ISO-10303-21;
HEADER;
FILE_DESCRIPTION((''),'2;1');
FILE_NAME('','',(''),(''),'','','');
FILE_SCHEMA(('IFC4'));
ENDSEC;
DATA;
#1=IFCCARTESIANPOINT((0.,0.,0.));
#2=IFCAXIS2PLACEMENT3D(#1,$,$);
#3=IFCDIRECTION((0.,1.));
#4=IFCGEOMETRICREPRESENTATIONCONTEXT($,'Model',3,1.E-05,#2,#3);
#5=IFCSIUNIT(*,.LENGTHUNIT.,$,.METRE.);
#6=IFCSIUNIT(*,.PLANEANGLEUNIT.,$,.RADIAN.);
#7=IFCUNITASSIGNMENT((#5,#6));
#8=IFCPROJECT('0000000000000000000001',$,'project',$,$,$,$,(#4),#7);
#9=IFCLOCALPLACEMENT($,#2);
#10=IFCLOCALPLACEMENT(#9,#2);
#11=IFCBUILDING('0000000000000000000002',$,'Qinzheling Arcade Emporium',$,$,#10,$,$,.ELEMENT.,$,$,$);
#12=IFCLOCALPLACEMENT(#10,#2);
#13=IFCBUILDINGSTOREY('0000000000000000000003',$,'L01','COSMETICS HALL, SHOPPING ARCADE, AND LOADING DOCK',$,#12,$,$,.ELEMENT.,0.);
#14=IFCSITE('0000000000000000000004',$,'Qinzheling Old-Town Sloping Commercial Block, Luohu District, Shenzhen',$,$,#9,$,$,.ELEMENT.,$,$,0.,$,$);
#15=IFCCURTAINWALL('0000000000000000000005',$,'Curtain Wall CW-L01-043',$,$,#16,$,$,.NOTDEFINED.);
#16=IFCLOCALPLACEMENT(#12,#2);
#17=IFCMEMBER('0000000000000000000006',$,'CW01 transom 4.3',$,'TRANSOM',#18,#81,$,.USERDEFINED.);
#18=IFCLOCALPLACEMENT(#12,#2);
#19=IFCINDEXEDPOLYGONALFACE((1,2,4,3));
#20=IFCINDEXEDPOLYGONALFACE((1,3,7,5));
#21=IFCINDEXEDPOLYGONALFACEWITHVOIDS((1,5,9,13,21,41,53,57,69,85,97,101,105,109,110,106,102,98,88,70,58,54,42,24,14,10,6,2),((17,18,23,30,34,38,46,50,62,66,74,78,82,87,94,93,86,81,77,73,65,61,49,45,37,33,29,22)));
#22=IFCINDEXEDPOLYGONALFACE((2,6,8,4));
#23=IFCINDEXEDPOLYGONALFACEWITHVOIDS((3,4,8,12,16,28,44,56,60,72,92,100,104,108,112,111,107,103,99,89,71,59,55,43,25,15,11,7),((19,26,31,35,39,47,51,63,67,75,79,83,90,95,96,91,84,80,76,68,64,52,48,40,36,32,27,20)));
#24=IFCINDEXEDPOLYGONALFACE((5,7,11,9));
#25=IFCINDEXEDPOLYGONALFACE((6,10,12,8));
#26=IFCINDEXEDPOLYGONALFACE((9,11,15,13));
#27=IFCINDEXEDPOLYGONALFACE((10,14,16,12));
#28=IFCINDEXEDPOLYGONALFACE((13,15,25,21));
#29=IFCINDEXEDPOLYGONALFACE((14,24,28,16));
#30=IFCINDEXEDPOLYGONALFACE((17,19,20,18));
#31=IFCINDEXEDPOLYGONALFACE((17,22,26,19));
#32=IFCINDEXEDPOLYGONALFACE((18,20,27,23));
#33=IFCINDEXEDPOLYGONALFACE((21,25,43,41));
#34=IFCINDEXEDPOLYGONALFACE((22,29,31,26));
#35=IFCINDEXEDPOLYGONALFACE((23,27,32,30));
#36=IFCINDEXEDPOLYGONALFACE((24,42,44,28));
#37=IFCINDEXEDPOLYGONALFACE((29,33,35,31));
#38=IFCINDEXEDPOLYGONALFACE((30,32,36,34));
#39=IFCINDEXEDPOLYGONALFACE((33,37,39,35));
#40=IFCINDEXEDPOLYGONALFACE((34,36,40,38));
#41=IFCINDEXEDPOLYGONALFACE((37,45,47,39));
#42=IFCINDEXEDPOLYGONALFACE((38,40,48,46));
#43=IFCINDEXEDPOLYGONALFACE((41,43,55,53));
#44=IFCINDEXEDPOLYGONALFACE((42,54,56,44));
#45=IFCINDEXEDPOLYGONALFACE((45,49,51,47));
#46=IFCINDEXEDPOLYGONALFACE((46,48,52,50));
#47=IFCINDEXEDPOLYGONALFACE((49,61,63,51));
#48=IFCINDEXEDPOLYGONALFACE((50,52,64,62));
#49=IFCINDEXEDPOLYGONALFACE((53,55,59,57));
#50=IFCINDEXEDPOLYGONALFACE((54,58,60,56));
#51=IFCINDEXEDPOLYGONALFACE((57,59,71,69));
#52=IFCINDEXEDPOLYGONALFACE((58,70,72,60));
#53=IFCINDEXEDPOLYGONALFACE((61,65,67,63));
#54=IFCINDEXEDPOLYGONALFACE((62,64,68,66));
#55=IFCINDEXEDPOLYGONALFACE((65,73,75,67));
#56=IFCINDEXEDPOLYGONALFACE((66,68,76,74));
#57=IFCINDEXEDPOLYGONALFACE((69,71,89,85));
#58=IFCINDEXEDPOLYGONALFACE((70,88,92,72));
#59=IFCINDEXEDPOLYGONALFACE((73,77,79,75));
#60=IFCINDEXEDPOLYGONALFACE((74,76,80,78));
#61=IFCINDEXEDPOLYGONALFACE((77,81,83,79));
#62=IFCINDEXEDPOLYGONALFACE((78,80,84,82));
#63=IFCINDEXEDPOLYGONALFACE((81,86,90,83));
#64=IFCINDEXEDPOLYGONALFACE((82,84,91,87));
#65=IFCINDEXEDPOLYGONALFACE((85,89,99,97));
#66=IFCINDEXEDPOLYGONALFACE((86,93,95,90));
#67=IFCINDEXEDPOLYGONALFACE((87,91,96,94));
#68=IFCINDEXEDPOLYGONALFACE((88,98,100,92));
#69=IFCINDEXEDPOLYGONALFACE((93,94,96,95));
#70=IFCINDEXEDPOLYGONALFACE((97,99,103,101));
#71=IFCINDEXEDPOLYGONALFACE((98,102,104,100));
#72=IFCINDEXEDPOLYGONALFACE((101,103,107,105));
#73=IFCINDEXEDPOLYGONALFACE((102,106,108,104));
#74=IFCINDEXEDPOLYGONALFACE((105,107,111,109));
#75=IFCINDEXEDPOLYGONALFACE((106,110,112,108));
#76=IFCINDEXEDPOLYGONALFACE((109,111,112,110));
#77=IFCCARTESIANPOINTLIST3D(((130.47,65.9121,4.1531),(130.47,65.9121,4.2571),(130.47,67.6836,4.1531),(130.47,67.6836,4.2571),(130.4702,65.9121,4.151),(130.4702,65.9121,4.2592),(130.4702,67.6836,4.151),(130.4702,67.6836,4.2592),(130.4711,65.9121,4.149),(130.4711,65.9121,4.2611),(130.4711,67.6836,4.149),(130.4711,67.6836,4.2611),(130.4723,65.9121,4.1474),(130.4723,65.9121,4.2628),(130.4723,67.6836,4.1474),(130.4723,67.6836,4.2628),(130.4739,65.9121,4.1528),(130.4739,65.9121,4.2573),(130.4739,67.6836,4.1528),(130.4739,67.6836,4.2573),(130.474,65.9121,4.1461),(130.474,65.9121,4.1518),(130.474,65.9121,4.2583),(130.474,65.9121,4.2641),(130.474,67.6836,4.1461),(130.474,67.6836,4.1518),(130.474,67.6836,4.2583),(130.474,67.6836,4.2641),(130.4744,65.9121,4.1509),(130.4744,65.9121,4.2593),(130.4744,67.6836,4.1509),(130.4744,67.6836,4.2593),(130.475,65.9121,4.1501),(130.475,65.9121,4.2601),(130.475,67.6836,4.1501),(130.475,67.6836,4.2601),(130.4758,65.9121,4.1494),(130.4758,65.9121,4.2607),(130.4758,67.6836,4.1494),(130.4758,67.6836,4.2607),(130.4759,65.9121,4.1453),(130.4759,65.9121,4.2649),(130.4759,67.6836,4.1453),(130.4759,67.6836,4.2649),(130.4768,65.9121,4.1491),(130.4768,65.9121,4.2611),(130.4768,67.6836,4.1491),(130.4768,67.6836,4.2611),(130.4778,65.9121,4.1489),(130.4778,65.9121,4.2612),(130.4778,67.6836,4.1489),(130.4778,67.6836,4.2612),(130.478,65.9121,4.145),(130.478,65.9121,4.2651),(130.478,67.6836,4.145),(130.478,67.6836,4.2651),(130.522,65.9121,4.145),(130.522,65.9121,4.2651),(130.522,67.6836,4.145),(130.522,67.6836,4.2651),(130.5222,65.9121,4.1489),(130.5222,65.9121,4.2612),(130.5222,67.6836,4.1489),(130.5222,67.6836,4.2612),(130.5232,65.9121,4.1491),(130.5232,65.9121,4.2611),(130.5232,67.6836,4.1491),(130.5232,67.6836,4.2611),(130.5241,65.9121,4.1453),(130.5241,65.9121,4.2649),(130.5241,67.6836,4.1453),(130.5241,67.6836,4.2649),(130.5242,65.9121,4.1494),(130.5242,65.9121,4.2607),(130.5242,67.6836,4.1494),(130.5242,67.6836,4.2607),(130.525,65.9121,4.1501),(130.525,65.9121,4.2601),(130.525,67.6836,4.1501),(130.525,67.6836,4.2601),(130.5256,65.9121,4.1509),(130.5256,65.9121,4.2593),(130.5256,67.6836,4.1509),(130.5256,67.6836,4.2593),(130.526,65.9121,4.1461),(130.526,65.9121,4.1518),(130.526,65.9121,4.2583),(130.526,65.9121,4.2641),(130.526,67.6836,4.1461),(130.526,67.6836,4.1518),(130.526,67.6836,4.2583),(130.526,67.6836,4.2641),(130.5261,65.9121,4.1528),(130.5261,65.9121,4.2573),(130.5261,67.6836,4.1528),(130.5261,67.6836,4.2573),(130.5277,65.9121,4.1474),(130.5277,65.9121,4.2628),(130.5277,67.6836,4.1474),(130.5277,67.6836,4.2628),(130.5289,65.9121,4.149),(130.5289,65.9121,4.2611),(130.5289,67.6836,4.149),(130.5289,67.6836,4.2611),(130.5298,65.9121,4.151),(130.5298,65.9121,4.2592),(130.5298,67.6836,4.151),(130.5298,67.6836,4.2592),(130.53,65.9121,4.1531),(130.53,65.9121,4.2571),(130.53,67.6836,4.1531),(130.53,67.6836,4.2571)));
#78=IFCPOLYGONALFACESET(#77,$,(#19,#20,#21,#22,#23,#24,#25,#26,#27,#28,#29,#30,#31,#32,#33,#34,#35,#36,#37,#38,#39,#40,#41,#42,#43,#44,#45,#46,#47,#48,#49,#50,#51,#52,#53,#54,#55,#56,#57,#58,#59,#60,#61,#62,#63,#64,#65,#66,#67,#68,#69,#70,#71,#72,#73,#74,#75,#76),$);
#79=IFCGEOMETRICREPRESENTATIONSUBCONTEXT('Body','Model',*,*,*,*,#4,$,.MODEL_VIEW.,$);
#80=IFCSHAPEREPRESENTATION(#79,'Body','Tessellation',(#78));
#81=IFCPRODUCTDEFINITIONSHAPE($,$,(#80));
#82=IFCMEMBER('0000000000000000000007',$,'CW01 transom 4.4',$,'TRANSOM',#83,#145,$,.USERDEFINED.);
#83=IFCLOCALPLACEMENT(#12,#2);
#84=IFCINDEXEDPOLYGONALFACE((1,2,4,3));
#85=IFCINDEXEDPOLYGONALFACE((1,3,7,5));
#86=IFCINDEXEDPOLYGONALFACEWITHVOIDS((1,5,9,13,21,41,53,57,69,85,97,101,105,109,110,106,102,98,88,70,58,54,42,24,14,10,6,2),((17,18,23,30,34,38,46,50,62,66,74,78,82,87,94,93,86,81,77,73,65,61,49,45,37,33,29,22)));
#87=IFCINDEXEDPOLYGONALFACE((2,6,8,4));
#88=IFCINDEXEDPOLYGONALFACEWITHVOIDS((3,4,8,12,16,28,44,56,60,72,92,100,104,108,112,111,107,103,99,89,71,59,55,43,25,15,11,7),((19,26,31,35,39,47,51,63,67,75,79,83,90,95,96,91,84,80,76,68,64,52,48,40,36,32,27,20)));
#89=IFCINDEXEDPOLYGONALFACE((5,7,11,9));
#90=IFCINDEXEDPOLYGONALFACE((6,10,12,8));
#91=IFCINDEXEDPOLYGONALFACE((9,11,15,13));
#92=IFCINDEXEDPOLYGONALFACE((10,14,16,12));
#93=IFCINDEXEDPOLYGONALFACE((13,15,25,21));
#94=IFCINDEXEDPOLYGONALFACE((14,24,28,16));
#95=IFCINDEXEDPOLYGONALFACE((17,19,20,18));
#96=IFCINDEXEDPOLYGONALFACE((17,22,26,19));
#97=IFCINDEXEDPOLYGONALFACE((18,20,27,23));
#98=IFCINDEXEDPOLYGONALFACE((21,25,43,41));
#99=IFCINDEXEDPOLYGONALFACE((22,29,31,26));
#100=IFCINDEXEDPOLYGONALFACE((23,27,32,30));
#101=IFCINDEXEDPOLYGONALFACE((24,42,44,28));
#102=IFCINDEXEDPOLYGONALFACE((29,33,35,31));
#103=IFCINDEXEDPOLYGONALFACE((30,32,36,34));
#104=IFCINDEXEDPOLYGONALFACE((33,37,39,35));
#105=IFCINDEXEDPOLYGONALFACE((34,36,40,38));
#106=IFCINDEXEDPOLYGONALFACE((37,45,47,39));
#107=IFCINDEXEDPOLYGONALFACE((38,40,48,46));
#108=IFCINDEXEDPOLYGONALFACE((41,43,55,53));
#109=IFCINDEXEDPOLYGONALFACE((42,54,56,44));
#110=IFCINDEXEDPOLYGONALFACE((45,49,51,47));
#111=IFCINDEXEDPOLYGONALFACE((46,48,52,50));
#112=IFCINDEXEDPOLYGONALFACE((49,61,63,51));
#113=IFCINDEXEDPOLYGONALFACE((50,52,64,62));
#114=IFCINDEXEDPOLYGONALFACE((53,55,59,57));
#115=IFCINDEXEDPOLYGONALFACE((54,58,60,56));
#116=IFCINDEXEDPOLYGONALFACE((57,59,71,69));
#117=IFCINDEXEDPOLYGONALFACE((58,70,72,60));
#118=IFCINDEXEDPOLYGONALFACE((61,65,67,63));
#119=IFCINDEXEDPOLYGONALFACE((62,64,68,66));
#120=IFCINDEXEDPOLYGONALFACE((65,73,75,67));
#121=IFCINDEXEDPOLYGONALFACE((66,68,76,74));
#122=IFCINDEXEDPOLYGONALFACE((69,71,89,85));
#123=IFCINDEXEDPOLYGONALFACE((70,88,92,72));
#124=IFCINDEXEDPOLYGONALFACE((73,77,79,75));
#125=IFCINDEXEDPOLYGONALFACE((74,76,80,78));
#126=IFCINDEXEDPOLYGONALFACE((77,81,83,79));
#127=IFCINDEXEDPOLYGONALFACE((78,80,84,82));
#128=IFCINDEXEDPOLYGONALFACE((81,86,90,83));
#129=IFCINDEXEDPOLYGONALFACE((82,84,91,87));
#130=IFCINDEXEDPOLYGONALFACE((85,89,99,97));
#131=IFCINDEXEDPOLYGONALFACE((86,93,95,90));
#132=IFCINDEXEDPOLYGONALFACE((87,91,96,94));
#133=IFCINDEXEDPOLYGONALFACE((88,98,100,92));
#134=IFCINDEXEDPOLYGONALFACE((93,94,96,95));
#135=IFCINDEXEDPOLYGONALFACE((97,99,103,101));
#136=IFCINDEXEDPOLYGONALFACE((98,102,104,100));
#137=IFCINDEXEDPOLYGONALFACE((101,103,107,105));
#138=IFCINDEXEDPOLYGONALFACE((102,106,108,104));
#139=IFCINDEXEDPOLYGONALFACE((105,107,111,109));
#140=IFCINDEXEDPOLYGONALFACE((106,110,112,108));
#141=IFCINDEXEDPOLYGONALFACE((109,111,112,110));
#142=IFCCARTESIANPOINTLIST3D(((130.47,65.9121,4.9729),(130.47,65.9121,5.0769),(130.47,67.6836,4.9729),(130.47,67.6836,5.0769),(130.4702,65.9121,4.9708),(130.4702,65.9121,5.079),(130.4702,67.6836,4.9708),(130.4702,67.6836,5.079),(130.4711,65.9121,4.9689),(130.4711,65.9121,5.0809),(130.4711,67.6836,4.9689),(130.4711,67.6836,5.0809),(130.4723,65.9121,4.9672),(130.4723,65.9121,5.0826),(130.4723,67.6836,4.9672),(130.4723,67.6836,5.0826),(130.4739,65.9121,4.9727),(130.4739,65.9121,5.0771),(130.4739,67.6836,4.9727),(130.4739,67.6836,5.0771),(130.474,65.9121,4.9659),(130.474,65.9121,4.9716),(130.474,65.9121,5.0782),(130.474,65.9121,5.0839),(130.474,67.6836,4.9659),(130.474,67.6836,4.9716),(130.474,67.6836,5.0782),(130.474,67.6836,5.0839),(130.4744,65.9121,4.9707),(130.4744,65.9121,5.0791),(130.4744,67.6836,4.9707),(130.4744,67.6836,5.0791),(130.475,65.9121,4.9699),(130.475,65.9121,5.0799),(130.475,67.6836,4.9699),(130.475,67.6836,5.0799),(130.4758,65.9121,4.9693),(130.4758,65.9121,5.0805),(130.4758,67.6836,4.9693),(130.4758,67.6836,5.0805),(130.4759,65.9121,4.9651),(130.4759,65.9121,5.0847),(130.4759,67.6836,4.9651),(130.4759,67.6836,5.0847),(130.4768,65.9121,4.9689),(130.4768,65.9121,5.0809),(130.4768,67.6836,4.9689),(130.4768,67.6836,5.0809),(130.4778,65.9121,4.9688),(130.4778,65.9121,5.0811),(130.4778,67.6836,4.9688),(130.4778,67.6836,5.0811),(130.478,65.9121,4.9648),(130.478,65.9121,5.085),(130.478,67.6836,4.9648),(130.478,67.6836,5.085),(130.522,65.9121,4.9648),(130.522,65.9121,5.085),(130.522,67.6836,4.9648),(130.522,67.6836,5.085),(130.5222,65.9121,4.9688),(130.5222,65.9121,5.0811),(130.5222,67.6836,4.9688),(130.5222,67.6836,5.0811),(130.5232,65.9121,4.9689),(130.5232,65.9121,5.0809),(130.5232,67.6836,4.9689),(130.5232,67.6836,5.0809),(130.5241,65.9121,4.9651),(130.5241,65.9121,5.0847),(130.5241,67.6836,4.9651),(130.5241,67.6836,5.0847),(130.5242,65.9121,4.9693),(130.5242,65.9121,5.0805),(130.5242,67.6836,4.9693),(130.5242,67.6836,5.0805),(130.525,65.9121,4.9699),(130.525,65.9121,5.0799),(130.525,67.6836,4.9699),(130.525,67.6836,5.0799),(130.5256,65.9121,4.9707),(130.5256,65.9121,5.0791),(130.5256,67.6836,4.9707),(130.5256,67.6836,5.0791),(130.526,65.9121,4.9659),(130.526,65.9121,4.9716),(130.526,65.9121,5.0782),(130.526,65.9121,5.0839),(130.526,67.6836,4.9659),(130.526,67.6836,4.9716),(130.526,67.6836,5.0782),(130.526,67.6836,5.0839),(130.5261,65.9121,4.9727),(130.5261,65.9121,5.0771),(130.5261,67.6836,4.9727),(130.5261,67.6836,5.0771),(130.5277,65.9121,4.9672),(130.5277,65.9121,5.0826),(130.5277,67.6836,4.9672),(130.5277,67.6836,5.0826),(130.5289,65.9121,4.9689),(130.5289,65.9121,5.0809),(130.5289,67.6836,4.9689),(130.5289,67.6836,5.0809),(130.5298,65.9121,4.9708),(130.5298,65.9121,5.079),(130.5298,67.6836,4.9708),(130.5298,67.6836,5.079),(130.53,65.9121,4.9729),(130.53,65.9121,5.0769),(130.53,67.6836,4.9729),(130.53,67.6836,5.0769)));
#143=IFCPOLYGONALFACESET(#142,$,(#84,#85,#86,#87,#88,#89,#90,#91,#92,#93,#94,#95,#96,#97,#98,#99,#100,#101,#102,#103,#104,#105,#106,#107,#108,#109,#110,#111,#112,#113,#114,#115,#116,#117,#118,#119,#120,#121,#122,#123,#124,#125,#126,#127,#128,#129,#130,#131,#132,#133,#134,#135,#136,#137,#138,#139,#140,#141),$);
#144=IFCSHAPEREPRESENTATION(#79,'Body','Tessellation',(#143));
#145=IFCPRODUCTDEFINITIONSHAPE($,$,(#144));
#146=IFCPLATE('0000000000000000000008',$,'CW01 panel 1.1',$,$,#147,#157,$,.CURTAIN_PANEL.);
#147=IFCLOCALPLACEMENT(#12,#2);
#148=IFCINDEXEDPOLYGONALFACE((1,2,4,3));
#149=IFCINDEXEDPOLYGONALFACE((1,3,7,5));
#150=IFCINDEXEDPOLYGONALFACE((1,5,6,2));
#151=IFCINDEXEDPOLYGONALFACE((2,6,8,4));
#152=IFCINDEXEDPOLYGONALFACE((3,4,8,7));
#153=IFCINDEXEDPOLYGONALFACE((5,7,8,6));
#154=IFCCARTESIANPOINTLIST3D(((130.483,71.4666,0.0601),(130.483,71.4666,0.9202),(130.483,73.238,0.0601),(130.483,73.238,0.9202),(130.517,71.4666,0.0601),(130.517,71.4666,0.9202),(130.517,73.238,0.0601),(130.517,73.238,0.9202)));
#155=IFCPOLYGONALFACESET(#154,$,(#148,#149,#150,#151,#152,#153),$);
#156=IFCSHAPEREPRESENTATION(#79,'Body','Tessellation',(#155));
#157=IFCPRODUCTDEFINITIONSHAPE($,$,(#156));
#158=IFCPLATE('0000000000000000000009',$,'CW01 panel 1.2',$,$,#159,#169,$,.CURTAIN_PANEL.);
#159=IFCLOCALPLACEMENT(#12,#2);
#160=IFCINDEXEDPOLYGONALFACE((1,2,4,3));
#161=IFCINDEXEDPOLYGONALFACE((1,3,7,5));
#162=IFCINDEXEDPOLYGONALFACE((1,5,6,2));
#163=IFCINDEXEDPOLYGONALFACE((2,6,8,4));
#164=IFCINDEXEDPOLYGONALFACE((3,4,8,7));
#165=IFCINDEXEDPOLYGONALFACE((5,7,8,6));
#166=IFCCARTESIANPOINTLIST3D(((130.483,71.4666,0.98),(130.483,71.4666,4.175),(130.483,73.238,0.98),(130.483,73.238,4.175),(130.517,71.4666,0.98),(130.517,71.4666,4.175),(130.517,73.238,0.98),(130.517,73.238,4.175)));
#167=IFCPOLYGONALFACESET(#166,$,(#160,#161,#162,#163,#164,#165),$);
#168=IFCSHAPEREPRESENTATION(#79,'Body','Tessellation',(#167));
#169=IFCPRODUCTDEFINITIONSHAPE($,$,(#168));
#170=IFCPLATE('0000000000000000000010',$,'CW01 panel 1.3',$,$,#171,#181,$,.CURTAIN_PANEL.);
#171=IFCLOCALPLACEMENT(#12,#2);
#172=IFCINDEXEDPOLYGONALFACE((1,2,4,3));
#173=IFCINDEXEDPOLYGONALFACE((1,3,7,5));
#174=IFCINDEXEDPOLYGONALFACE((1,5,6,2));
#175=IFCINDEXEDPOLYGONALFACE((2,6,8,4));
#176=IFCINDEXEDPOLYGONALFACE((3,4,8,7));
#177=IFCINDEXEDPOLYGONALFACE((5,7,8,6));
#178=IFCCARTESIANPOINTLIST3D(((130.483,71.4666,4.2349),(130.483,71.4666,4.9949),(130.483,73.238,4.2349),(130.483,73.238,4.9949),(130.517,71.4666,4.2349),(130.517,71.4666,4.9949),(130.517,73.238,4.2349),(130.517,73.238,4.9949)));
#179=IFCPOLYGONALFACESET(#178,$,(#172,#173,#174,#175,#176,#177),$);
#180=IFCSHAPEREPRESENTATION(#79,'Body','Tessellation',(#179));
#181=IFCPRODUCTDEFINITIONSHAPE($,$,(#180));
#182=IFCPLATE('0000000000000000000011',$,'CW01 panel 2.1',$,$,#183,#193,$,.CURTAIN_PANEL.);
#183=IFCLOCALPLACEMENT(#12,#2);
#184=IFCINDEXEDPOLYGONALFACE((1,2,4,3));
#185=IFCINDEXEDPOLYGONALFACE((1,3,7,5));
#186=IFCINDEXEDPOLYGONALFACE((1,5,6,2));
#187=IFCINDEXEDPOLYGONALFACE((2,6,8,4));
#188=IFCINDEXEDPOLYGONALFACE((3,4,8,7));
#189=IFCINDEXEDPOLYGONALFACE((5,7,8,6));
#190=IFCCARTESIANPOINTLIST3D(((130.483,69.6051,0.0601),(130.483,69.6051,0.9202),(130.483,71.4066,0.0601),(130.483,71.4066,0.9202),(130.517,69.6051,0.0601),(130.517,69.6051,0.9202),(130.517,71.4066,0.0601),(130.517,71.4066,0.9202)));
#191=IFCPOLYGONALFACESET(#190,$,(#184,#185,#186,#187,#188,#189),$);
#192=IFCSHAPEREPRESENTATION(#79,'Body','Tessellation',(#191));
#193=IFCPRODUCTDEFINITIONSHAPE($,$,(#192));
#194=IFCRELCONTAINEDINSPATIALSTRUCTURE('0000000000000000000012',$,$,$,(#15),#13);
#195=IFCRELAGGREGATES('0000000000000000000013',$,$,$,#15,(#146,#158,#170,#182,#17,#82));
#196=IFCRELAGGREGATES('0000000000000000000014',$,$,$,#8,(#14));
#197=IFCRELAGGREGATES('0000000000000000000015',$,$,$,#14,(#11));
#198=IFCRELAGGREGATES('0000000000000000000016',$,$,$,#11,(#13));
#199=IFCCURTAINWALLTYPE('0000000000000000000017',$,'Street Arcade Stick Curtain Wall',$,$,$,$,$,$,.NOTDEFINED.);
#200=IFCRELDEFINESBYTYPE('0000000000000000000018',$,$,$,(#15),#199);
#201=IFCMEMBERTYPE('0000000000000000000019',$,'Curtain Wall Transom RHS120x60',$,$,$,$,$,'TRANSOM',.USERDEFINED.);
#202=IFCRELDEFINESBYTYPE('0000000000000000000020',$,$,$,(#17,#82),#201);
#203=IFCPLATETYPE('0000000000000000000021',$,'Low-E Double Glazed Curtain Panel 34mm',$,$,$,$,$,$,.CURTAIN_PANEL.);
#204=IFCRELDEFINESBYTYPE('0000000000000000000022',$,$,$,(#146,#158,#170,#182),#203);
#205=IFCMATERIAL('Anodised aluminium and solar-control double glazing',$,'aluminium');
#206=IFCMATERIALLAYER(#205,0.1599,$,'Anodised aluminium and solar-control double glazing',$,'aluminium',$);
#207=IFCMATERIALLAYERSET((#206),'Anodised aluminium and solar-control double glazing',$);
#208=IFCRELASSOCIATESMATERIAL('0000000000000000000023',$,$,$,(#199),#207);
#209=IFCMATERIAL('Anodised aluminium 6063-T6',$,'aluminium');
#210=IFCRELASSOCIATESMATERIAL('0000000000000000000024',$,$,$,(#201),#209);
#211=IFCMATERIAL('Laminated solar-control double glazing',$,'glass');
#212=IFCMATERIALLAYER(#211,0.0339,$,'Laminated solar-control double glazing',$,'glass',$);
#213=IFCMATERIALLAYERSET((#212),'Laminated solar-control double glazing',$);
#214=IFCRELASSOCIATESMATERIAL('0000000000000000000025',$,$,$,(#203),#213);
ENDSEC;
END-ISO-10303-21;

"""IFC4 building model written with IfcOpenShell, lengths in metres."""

from ifc_helpers import new_model, si_unit, direction, frame, origin, origin_2d, place, context, subcontext, project, spatial, rectangle, hollow_rectangle, extrude, material, layer, layer_set, material_profile, profile_set, type_object, element, aggregate, save


model = new_model("IFC4")

# Units and contexts
model_context = context("Model", 3, precision=1e-05, world=origin(), true_north=direction((0.0, 1.0)))
body_context = subcontext(model_context, "Body", "Model", "MODEL_VIEW")
ifc_project = project(units=[si_unit("LENGTHUNIT", "METRE"), si_unit("PLANEANGLEUNIT", "RADIAN")], contexts=[model_context])

# Site, building, storey
site_placement = place(None, origin())
site = spatial("IfcSite", under=ifc_project, at=site_placement, Name="Qinzheling Old-Town Sloping Commercial Block, Luohu District, Shenzhen", CompositionType="ELEMENT", RefElevation=0.0)
building_placement = place(site_placement, origin())
building = spatial("IfcBuilding", under=site, at=building_placement, Name="Qinzheling Arcade Emporium", CompositionType="ELEMENT")
storey_placement = place(building_placement, origin())
storey = spatial("IfcBuildingStorey", under=building, at=storey_placement, Name="L01", Description="COSMETICS HALL, SHOPPING ARCADE, AND LOADING DOCK", CompositionType="ELEMENT", Elevation=0.0)

# Curtain wall, members, plates
ifc_material_1 = material(Name="Anodised aluminium and solar-control double glazing", Category="aluminium")
ifc_layer_1 = layer(ifc_material_1, 0.1599, Name="Anodised aluminium and solar-control double glazing", Category="aluminium")
ifc_layer_set_1 = layer_set([ifc_layer_1], Name="Anodised aluminium and solar-control double glazing")
curtain_wall_type = type_object("IfcCurtainWallType", Name="Street Arcade Stick Curtain Wall", PredefinedType="NOTDEFINED", material=ifc_layer_set_1)
curtain_wall_placement = place(storey_placement, origin())
curtain_wall = element("IfcCurtainWall", 1, at=curtain_wall_placement, inside=storey, type_object=curtain_wall_type, Name="Curtain Wall CW-L01-043", PredefinedType="NOTDEFINED")
ifc_material_2 = material(Name="Anodised aluminium 6063-T6", Category="aluminium")
ifc_material_profile_1 = material_profile(ifc_material_2, hollow_rectangle(XDim=0.0601, YDim=0.1201, WallThickness=0.0039, InnerFilletRadius=0.0039, OuterFilletRadius=0.0081, at=origin_2d()), Name="RHS 120x60x4", Category="aluminium")
ifc_profile_set_1 = profile_set([ifc_material_profile_1], Name="Anodised aluminium 6063-T6")
member_type_1 = type_object("IfcMemberType", Name="Curtain Wall Transom RHS120x60", ElementType="TRANSOM", PredefinedType="USERDEFINED", material=ifc_profile_set_1)
member_1_placement = place(storey_placement, frame((130.5, 67.6836, 4.2051), z_axis=(0.0, -1.0, 0.0), x_axis=(1.0, 0.0, 0.0)))
member_1 = element("IfcMember", 2, at=member_1_placement, type_object=member_type_1, Name="CW01 transom 4.3", ObjectType="TRANSOM", PredefinedType="USERDEFINED", context=body_context, shape_type="SweptSolid", body=[
    extrude(hollow_rectangle(XDim=0.0601, YDim=0.1201, WallThickness=0.0039, InnerFilletRadius=0.0039, OuterFilletRadius=0.0081, at=origin_2d()), origin(), (0.0, 0.0, 1.0), 1.7715),
])
member_2_placement = place(storey_placement, frame((130.5, 67.6836, 5.0249), z_axis=(0.0, -1.0, 0.0), x_axis=(1.0, 0.0, 0.0)))
member_2 = element("IfcMember", 3, at=member_2_placement, type_object=member_type_1, Name="CW01 transom 4.4", ObjectType="TRANSOM", PredefinedType="USERDEFINED", context=body_context, shape_type="SweptSolid", body=[
    extrude(hollow_rectangle(XDim=0.0601, YDim=0.1201, WallThickness=0.0039, InnerFilletRadius=0.0039, OuterFilletRadius=0.0081, at=origin_2d()), origin(), (0.0, 0.0, 1.0), 1.7715),
])
ifc_material_3 = material(Name="Laminated solar-control double glazing", Category="glass")
ifc_layer_2 = layer(ifc_material_3, 0.0339, Name="Laminated solar-control double glazing", Category="glass")
ifc_layer_set_2 = layer_set([ifc_layer_2], Name="Laminated solar-control double glazing")
plate_type = type_object("IfcPlateType", Name="Low-E Double Glazed Curtain Panel 34mm", PredefinedType="CURTAIN_PANEL", material=ifc_layer_set_2)
plate_1_placement = place(storey_placement, frame((130.5, 72.3523, 0.0601), z_axis=(0.0, 0.0, 1.0), x_axis=(0.0, -1.0, 0.0)))
plate_1 = element("IfcPlate", 4, at=plate_1_placement, type_object=plate_type, Name="CW01 panel 1.1", PredefinedType="CURTAIN_PANEL", context=body_context, shape_type="SweptSolid", body=[
    extrude(rectangle(XDim=1.7715, YDim=0.0339, at=origin_2d()), origin(), (0.0, 0.0, 1.0), 0.8601),
])
plate_2_placement = place(storey_placement, frame((130.5, 72.3523, 0.98), z_axis=(0.0, 0.0, 1.0), x_axis=(0.0, -1.0, 0.0)))
plate_2 = element("IfcPlate", 5, at=plate_2_placement, type_object=plate_type, Name="CW01 panel 1.2", PredefinedType="CURTAIN_PANEL", context=body_context, shape_type="SweptSolid", body=[
    extrude(rectangle(XDim=1.7715, YDim=0.0339, at=origin_2d()), origin(), (0.0, 0.0, 1.0), 3.1951),
])
plate_3_placement = place(storey_placement, frame((130.5, 72.3523, 4.2349), z_axis=(0.0, 0.0, 1.0), x_axis=(0.0, -1.0, 0.0)))
plate_3 = element("IfcPlate", 6, at=plate_3_placement, type_object=plate_type, Name="CW01 panel 1.3", PredefinedType="CURTAIN_PANEL", context=body_context, shape_type="SweptSolid", body=[
    extrude(rectangle(XDim=1.7715, YDim=0.0339, at=origin_2d()), origin(), (0.0, 0.0, 1.0), 0.76),
])
plate_4_placement = place(storey_placement, frame((130.5, 70.5059, 0.0601), z_axis=(0.0, 0.0, 1.0), x_axis=(0.0, -1.0, 0.0)))
plate_4 = element("IfcPlate", 7, at=plate_4_placement, type_object=plate_type, Name="CW01 panel 2.1", PredefinedType="CURTAIN_PANEL", context=body_context, shape_type="SweptSolid", body=[
    extrude(rectangle(XDim=1.8015, YDim=0.0339, at=origin_2d()), origin(), (0.0, 0.0, 1.0), 0.8601),
])
aggregate(curtain_wall, [plate_1, plate_2, plate_3, plate_4, member_1, member_2])

save(model, "model.ifc")
